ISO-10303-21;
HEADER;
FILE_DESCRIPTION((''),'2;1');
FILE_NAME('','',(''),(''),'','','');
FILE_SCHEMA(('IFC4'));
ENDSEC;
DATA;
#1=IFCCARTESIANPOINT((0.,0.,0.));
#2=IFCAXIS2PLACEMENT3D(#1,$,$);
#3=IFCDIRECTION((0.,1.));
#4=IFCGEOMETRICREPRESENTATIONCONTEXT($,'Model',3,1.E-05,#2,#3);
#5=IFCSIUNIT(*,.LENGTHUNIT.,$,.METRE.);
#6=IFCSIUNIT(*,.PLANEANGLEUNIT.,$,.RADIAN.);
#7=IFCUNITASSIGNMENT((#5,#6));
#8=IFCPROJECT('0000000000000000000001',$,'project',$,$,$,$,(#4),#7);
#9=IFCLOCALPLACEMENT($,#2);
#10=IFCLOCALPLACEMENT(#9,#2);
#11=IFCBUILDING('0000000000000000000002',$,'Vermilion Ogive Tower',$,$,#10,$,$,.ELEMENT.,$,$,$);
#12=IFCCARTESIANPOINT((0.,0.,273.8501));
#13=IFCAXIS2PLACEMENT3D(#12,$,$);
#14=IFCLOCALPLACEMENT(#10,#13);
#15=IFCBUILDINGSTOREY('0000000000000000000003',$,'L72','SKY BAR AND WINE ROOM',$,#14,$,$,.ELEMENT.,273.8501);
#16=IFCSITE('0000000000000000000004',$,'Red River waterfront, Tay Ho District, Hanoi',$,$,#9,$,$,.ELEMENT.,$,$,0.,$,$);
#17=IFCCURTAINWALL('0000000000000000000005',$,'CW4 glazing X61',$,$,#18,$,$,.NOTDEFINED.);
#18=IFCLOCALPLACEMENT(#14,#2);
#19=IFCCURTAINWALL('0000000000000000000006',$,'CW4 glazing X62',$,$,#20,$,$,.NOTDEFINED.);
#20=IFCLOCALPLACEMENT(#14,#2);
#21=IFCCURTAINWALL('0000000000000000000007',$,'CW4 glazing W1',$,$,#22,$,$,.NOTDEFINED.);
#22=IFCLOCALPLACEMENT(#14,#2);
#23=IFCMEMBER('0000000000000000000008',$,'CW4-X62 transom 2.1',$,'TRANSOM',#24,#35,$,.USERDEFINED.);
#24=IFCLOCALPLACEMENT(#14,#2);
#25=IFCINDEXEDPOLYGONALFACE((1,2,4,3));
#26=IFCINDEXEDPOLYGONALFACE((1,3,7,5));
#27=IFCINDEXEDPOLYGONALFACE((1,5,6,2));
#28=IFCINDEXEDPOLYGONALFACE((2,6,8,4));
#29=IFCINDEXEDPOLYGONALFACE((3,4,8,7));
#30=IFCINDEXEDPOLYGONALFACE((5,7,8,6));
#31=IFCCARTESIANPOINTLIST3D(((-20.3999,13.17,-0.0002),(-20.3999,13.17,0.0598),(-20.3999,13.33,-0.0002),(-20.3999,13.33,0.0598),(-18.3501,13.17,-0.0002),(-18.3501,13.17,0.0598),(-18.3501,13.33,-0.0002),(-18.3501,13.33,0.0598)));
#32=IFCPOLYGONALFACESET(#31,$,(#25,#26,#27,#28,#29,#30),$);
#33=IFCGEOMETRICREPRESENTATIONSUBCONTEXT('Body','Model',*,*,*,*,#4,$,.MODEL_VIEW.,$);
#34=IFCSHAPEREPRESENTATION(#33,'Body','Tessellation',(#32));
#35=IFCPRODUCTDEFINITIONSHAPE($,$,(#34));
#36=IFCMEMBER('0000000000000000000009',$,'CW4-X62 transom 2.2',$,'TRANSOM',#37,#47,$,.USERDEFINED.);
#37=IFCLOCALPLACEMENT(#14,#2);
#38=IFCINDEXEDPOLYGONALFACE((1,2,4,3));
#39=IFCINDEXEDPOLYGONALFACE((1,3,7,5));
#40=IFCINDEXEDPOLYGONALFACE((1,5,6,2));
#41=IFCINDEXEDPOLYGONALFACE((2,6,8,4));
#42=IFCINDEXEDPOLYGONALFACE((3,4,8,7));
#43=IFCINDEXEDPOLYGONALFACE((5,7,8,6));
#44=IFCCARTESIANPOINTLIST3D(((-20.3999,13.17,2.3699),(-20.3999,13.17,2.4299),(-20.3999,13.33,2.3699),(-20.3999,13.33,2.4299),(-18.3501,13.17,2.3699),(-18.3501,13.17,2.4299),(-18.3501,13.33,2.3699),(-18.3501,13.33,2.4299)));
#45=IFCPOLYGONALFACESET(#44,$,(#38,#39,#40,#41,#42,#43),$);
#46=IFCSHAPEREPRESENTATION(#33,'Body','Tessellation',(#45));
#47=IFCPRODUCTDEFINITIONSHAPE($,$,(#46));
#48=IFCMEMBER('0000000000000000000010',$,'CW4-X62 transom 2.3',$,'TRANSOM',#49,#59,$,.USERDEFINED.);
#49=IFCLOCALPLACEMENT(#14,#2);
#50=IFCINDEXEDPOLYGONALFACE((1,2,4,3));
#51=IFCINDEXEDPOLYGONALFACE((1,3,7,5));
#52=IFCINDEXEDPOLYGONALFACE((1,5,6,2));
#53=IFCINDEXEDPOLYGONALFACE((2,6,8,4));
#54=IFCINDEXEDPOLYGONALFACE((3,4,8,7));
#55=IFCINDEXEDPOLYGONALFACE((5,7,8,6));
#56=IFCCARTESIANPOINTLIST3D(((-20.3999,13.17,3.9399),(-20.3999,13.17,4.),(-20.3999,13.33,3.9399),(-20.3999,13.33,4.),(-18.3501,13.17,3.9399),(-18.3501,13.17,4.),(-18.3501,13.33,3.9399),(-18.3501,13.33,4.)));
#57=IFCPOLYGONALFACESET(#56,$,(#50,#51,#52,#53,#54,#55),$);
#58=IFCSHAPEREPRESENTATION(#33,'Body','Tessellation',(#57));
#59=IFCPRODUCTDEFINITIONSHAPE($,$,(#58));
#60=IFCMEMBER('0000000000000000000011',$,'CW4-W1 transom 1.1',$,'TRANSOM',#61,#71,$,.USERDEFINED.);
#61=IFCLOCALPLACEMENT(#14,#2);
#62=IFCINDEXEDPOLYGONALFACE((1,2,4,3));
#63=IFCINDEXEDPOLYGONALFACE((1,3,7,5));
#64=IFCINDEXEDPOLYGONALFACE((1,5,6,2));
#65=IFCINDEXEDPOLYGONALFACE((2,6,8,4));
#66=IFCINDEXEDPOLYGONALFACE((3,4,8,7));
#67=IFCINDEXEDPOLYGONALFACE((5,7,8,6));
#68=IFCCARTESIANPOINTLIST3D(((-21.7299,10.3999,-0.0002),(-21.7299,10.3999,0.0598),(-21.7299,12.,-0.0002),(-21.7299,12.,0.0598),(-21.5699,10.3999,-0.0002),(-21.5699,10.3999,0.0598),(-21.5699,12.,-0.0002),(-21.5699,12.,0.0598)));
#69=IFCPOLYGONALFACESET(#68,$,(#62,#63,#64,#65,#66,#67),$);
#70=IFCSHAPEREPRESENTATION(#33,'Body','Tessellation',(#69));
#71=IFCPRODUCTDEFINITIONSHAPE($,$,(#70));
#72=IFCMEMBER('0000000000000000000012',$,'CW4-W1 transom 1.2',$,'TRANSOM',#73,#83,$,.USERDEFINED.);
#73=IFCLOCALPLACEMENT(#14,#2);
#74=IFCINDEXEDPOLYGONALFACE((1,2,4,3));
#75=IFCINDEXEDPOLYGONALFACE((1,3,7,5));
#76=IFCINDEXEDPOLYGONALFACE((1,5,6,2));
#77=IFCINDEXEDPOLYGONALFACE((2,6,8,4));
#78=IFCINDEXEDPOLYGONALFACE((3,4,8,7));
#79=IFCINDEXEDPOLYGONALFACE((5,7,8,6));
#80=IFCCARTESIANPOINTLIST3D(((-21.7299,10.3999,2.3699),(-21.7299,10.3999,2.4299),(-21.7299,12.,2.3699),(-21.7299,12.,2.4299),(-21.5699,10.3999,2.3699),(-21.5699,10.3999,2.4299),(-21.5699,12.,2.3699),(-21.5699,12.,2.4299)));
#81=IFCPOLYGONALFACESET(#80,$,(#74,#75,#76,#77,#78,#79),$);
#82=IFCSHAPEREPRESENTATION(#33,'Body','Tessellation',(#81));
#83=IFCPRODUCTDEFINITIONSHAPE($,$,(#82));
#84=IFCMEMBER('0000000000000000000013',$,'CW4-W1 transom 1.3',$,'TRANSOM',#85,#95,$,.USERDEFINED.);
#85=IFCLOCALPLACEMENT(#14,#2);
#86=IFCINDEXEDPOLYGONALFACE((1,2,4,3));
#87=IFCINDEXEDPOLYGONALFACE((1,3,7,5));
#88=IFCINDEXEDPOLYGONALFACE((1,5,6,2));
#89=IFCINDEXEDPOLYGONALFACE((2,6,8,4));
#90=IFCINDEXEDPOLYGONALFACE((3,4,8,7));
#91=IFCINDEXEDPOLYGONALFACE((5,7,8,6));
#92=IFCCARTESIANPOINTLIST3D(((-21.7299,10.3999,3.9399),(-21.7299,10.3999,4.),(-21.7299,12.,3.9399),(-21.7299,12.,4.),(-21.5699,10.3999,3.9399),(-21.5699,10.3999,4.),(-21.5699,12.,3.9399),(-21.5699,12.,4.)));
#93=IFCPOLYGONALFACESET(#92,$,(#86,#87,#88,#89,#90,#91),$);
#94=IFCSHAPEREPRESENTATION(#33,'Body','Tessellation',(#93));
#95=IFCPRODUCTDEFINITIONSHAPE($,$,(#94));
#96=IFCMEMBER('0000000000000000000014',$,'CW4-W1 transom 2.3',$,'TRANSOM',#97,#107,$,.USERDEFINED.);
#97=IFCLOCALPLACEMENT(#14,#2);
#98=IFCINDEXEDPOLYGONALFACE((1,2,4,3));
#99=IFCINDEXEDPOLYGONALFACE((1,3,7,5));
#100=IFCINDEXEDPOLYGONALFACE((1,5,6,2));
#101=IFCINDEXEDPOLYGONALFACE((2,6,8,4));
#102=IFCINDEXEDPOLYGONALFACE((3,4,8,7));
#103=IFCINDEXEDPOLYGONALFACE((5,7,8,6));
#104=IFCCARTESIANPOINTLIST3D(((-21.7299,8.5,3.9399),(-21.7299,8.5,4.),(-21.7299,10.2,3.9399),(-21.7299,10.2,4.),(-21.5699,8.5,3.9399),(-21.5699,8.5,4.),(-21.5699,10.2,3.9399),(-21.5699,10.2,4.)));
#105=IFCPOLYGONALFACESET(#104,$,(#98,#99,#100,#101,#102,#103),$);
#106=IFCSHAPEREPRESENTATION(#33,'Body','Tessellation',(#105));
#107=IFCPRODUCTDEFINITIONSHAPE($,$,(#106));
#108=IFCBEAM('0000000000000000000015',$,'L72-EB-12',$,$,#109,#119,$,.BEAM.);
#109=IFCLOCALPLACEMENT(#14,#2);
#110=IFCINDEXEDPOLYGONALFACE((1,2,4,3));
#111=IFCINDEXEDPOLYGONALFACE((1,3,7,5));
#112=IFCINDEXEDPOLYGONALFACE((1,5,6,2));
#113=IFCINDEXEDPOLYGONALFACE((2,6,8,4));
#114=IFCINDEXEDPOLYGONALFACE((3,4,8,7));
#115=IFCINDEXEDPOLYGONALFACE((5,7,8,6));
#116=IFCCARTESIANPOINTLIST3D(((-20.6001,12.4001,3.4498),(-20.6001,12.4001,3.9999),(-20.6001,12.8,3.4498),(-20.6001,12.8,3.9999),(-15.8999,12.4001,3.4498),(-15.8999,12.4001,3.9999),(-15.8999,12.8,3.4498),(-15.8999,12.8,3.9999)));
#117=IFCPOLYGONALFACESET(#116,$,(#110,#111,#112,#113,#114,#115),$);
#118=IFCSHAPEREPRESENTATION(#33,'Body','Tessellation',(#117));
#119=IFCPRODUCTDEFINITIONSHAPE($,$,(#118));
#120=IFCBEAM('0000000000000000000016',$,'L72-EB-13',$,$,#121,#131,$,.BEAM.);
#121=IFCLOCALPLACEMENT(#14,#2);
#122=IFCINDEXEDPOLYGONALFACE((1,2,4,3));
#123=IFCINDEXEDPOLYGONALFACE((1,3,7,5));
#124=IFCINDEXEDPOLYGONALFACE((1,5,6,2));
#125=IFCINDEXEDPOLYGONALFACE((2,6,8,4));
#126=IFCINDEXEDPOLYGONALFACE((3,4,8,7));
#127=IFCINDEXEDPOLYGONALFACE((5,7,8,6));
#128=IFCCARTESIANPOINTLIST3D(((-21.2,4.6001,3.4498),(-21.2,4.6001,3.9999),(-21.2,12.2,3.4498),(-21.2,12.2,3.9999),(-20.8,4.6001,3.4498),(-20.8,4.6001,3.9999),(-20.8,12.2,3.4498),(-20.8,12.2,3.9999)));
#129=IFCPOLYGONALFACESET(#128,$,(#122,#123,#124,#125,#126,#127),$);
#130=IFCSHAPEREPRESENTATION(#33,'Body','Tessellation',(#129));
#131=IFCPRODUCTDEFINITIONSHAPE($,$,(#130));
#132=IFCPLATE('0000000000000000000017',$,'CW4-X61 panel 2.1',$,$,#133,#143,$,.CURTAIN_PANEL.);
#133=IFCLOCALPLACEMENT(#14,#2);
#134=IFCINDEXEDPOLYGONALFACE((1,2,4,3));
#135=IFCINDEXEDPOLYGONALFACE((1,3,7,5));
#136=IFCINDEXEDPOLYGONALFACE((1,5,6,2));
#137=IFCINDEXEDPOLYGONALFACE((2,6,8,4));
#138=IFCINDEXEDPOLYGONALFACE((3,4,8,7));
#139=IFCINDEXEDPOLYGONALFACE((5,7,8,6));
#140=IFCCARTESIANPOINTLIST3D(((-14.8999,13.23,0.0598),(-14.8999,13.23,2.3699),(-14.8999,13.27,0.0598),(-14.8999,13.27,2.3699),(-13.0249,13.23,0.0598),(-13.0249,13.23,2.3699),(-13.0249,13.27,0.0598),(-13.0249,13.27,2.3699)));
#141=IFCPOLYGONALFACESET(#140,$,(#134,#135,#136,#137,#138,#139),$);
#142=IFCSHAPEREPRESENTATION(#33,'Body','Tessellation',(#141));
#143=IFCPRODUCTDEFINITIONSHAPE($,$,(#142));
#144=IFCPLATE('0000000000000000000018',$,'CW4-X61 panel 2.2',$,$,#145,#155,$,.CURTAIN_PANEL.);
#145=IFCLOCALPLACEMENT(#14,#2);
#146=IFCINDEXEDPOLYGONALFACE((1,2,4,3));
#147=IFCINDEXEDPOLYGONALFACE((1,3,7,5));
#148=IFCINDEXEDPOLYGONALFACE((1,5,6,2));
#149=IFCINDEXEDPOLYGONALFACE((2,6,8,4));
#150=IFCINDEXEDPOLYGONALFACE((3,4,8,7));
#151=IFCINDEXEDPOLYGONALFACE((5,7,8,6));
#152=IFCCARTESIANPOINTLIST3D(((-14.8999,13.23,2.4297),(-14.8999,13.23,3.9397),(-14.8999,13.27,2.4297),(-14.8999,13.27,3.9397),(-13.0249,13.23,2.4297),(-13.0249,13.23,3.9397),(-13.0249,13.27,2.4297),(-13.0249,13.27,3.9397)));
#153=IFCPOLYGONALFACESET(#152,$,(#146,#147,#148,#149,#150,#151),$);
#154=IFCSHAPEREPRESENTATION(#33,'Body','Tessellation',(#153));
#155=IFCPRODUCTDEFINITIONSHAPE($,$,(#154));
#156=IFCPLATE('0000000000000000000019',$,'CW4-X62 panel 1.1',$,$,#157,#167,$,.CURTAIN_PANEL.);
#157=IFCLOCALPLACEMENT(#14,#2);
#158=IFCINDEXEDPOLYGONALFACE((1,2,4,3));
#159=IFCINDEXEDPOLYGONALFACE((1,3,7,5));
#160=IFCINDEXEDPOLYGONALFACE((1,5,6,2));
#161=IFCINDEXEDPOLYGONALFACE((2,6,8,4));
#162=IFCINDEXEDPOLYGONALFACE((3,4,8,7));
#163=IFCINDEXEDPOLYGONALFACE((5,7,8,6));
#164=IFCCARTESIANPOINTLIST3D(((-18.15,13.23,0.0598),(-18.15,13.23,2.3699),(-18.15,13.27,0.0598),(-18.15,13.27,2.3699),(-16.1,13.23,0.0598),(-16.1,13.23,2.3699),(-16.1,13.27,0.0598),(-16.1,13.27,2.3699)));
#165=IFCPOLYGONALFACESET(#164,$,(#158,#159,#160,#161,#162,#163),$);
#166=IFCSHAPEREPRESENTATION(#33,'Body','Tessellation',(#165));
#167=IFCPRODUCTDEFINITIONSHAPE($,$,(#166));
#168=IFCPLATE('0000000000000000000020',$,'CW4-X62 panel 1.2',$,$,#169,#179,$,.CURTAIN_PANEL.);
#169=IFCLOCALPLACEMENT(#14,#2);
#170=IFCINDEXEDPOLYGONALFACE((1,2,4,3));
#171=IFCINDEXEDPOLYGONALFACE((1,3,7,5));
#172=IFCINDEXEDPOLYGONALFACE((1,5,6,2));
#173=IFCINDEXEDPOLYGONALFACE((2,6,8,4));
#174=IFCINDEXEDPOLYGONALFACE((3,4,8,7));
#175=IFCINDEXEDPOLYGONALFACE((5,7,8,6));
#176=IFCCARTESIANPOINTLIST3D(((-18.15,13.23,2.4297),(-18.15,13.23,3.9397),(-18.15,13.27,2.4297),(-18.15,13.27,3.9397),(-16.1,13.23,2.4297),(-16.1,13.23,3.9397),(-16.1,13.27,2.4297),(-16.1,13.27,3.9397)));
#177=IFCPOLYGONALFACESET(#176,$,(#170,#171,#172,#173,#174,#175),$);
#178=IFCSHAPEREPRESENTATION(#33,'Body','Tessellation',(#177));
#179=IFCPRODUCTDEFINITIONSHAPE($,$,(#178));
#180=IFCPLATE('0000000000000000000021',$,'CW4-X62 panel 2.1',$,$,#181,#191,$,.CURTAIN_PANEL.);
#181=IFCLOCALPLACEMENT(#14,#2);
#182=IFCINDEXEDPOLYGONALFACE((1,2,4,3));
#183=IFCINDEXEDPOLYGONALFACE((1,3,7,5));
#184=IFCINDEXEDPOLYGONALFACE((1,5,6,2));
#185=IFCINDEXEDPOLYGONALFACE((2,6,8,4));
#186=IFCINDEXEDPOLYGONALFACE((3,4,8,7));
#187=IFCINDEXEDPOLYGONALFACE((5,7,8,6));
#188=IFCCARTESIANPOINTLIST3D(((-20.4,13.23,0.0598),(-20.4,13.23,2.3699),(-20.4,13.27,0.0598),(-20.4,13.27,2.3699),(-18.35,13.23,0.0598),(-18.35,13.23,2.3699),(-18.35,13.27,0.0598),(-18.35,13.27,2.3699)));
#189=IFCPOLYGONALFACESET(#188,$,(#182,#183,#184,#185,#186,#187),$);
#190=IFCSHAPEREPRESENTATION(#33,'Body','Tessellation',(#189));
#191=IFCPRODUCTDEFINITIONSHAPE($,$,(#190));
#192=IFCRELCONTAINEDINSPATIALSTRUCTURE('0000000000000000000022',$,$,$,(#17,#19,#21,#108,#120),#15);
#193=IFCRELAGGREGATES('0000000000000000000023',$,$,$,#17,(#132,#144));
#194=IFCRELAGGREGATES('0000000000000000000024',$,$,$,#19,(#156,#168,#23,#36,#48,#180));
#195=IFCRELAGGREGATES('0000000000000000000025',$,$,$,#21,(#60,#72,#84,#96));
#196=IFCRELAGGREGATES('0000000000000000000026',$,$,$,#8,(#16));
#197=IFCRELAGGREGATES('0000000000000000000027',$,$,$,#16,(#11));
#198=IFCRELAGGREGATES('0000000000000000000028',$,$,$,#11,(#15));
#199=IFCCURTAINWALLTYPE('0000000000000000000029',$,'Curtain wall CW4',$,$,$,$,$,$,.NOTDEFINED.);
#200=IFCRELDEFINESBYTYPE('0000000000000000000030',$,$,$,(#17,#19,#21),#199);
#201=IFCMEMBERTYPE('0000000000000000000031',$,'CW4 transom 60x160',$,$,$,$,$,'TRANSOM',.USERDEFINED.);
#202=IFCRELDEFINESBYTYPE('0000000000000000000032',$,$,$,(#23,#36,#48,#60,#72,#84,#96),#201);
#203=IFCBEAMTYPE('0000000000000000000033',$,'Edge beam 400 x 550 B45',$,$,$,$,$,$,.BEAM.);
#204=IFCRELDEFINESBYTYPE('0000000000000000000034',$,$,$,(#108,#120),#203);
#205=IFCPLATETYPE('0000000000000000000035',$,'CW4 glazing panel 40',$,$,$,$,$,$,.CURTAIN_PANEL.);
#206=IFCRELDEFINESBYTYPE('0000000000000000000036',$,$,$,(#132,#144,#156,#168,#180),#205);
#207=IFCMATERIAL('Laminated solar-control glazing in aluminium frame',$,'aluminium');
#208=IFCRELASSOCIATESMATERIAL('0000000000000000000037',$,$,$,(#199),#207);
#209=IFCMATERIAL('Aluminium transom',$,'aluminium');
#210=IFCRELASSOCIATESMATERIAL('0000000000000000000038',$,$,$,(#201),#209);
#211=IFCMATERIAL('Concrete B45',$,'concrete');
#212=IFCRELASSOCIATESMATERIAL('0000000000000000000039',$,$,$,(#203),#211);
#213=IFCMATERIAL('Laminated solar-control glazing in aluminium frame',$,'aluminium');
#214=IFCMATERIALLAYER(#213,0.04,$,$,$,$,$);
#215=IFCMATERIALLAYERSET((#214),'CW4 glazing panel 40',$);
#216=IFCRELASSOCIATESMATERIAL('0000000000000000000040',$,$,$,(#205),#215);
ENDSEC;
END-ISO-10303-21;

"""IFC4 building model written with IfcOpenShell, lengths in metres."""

from ifc_helpers import new_model, si_unit, direction, frame, origin, origin_2d, place, context, subcontext, project, spatial, rectangle, extrude, material, layer, layer_set, material_profile, profile_set, type_object, element, aggregate, save


model = new_model("IFC4")

# Units and contexts
model_context = context("Model", 3, precision=1e-05, world=origin(), true_north=direction((0.0, 1.0)))
body_context = subcontext(model_context, "Body", "Model", "MODEL_VIEW")
ifc_project = project(units=[si_unit("LENGTHUNIT", "METRE"), si_unit("PLANEANGLEUNIT", "RADIAN")], contexts=[model_context])

# Site, building, storey
site_placement = place(None, origin())
site = spatial("IfcSite", under=ifc_project, at=site_placement, Name="Red River waterfront, Tay Ho District, Hanoi", CompositionType="ELEMENT", RefElevation=0.0)
building_placement = place(site_placement, origin())
building = spatial("IfcBuilding", under=site, at=building_placement, Name="Vermilion Ogive Tower", CompositionType="ELEMENT")
storey_placement = place(building_placement, frame((0.0, 0.0, 273.8501)))
storey = spatial("IfcBuildingStorey", under=building, at=storey_placement, Name="L72", Description="SKY BAR AND WINE ROOM", CompositionType="ELEMENT", Elevation=273.8501)

# Curtain walls
ifc_material_1 = material(Name="Laminated solar-control glazing in aluminium frame", Category="aluminium")
curtain_wall_type = type_object("IfcCurtainWallType", Name="Curtain wall CW4", PredefinedType="NOTDEFINED", material=ifc_material_1)
curtain_wall_1_placement = place(storey_placement, origin())
curtain_wall_1 = element("IfcCurtainWall", 1, at=curtain_wall_1_placement, inside=storey, type_object=curtain_wall_type, Name="CW4 glazing X61", PredefinedType="NOTDEFINED")
curtain_wall_2_placement = place(storey_placement, origin())
curtain_wall_2 = element("IfcCurtainWall", 2, at=curtain_wall_2_placement, inside=storey, type_object=curtain_wall_type, Name="CW4 glazing X62", PredefinedType="NOTDEFINED")
curtain_wall_3_placement = place(storey_placement, origin())
curtain_wall_3 = element("IfcCurtainWall", 3, at=curtain_wall_3_placement, inside=storey, type_object=curtain_wall_type, Name="CW4 glazing W1", PredefinedType="NOTDEFINED")

# Members
ifc_material_2 = material(Name="Aluminium transom", Category="aluminium")
ifc_material_profile_1 = material_profile(ifc_material_2, rectangle(XDim=0.1599, YDim=0.0601, at=origin_2d()), Name="AL 60x160")
ifc_profile_set_1 = profile_set([ifc_material_profile_1], Name="Aluminium transom")
member_type_1 = type_object("IfcMemberType", Name="CW4 transom 60x160", ElementType="TRANSOM", PredefinedType="USERDEFINED", material=ifc_profile_set_1)
member_1_placement = place(storey_placement, frame((-18.3501, 13.25, 0.0298), z_axis=(-1.0, 0.0, 0.0), x_axis=(0.0, -1.0, 0.0)))
member_1 = element("IfcMember", 4, at=member_1_placement, type_object=member_type_1, Name="CW4-X62 transom 2.1", ObjectType="TRANSOM", PredefinedType="USERDEFINED", context=body_context, shape_type="SweptSolid", body=[
    extrude(rectangle(XDim=0.1599, YDim=0.0601, at=origin_2d()), origin(), (0.0, 0.0, 1.0), 2.0498),
])
member_2_placement = place(storey_placement, frame((-18.3501, 13.25, 2.3999), z_axis=(-1.0, 0.0, 0.0), x_axis=(0.0, -1.0, 0.0)))
member_2 = element("IfcMember", 5, at=member_2_placement, type_object=member_type_1, Name="CW4-X62 transom 2.2", ObjectType="TRANSOM", PredefinedType="USERDEFINED", context=body_context, shape_type="SweptSolid", body=[
    extrude(rectangle(XDim=0.1599, YDim=0.0601, at=origin_2d()), origin(), (0.0, 0.0, 1.0), 2.0498),
])
member_3_placement = place(storey_placement, frame((-18.3501, 13.25, 3.97), z_axis=(-1.0, 0.0, 0.0), x_axis=(0.0, -1.0, 0.0)))
member_3 = element("IfcMember", 6, at=member_3_placement, type_object=member_type_1, Name="CW4-X62 transom 2.3", ObjectType="TRANSOM", PredefinedType="USERDEFINED", context=body_context, shape_type="SweptSolid", body=[
    extrude(rectangle(XDim=0.1599, YDim=0.0601, at=origin_2d()), origin(), (0.0, 0.0, 1.0), 2.0498),
])
member_4_placement = place(storey_placement, frame((-21.6499, 12.0, 0.0298), z_axis=(0.0, -1.0, 0.0), x_axis=(1.0, 0.0, 0.0)))
member_4 = element("IfcMember", 7, at=member_4_placement, type_object=member_type_1, Name="CW4-W1 transom 1.1", ObjectType="TRANSOM", PredefinedType="USERDEFINED", context=body_context, shape_type="SweptSolid", body=[
    extrude(rectangle(XDim=0.1599, YDim=0.0601, at=origin_2d()), origin(), (0.0, 0.0, 1.0), 1.6001),
])
member_5_placement = place(storey_placement, frame((-21.6499, 12.0, 2.3999), z_axis=(0.0, -1.0, 0.0), x_axis=(1.0, 0.0, 0.0)))
member_5 = element("IfcMember", 8, at=member_5_placement, type_object=member_type_1, Name="CW4-W1 transom 1.2", ObjectType="TRANSOM", PredefinedType="USERDEFINED", context=body_context, shape_type="SweptSolid", body=[
    extrude(rectangle(XDim=0.1599, YDim=0.0601, at=origin_2d()), origin(), (0.0, 0.0, 1.0), 1.6001),
])
member_6_placement = place(storey_placement, frame((-21.6499, 12.0, 3.97), z_axis=(0.0, -1.0, 0.0), x_axis=(1.0, 0.0, 0.0)))
member_6 = element("IfcMember", 9, at=member_6_placement, type_object=member_type_1, Name="CW4-W1 transom 1.3", ObjectType="TRANSOM", PredefinedType="USERDEFINED", context=body_context, shape_type="SweptSolid", body=[
    extrude(rectangle(XDim=0.1599, YDim=0.0601, at=origin_2d()), origin(), (0.0, 0.0, 1.0), 1.6001),
])
member_7_placement = place(storey_placement, frame((-21.6499, 10.2, 3.97), z_axis=(0.0, -1.0, 0.0), x_axis=(1.0, 0.0, 0.0)))
member_7 = element("IfcMember", 10, at=member_7_placement, type_object=member_type_1, Name="CW4-W1 transom 2.3", ObjectType="TRANSOM", PredefinedType="USERDEFINED", context=body_context, shape_type="SweptSolid", body=[
    extrude(rectangle(XDim=0.1599, YDim=0.0601, at=origin_2d()), origin(), (0.0, 0.0, 1.0), 1.7),
])

# Beams
ifc_material_3 = material(Name="Concrete B45", Category="concrete")
ifc_material_profile_2 = material_profile(ifc_material_3, rectangle(XDim=0.3999, YDim=0.55, at=origin_2d()), Name="400 x 550")
ifc_profile_set_2 = profile_set([ifc_material_profile_2], Name="Concrete B45")
beam_type = type_object("IfcBeamType", Name="Edge beam 400 x 550 B45", PredefinedType="BEAM", material=ifc_profile_set_2)
beam_1_placement = place(storey_placement, frame((-15.8999, 12.6001, 3.7249), z_axis=(-1.0, 0.0, 0.0), x_axis=(0.0, -1.0, 0.0)))
element("IfcBeam", 11, at=beam_1_placement, inside=storey, type_object=beam_type, Name="L72-EB-12", PredefinedType="BEAM", context=body_context, shape_type="SweptSolid", body=[
    extrude(rectangle(XDim=0.3999, YDim=0.55, at=origin_2d()), origin(), (0.0, 0.0, 1.0), 4.7002),
])
beam_2_placement = place(storey_placement, frame((-21.0, 12.2, 3.7249), z_axis=(0.0, -1.0, 0.0), x_axis=(1.0, 0.0, 0.0)))
element("IfcBeam", 12, at=beam_2_placement, inside=storey, type_object=beam_type, Name="L72-EB-13", PredefinedType="BEAM", context=body_context, shape_type="SweptSolid", body=[
    extrude(rectangle(XDim=0.3999, YDim=0.55, at=origin_2d()), origin(), (0.0, 0.0, 1.0), 7.5999),
])

# Plates
ifc_material_4 = material(Name="Laminated solar-control glazing in aluminium frame", Category="aluminium")
ifc_layer_1 = layer(ifc_material_4, 0.04)
ifc_layer_set_1 = layer_set([ifc_layer_1], Name="CW4 glazing panel 40")
plate_type = type_object("IfcPlateType", Name="CW4 glazing panel 40", PredefinedType="CURTAIN_PANEL", material=ifc_layer_set_1)
plate_1_placement = place(storey_placement, frame((-13.9624, 13.25, 0.0598), z_axis=(0.0, 0.0, 1.0), x_axis=(-1.0, 0.0, 0.0)))
plate_1 = element("IfcPlate", 13, at=plate_1_placement, type_object=plate_type, Name="CW4-X61 panel 2.1", PredefinedType="CURTAIN_PANEL", context=body_context, shape_type="SweptSolid", body=[
    extrude(rectangle(XDim=1.875, YDim=0.04, at=origin_2d()), origin(), (0.0, 0.0, 1.0), 2.3101),
])
plate_2_placement = place(storey_placement, frame((-13.9624, 13.25, 2.4297), z_axis=(0.0, 0.0, 1.0), x_axis=(-1.0, 0.0, 0.0)))
plate_2 = element("IfcPlate", 14, at=plate_2_placement, type_object=plate_type, Name="CW4-X61 panel 2.2", PredefinedType="CURTAIN_PANEL", context=body_context, shape_type="SweptSolid", body=[
    extrude(rectangle(XDim=1.875, YDim=0.04, at=origin_2d()), origin(), (0.0, 0.0, 1.0), 1.51),
])
aggregate(curtain_wall_1, [plate_1, plate_2])
plate_3_placement = place(storey_placement, frame((-17.125, 13.25, 0.0598), z_axis=(0.0, 0.0, 1.0), x_axis=(-1.0, 0.0, 0.0)))
plate_3 = element("IfcPlate", 15, at=plate_3_placement, type_object=plate_type, Name="CW4-X62 panel 1.1", PredefinedType="CURTAIN_PANEL", context=body_context, shape_type="SweptSolid", body=[
    extrude(rectangle(XDim=2.05, YDim=0.04, at=origin_2d()), origin(), (0.0, 0.0, 1.0), 2.3101),
])
plate_4_placement = place(storey_placement, frame((-17.125, 13.25, 2.4297), z_axis=(0.0, 0.0, 1.0), x_axis=(-1.0, 0.0, 0.0)))
plate_4 = element("IfcPlate", 16, at=plate_4_placement, type_object=plate_type, Name="CW4-X62 panel 1.2", PredefinedType="CURTAIN_PANEL", context=body_context, shape_type="SweptSolid", body=[
    extrude(rectangle(XDim=2.05, YDim=0.04, at=origin_2d()), origin(), (0.0, 0.0, 1.0), 1.51),
])
plate_5_placement = place(storey_placement, frame((-19.375, 13.25, 0.0598), z_axis=(0.0, 0.0, 1.0), x_axis=(-1.0, 0.0, 0.0)))
plate_5 = element("IfcPlate", 17, at=plate_5_placement, type_object=plate_type, Name="CW4-X62 panel 2.1", PredefinedType="CURTAIN_PANEL", context=body_context, shape_type="SweptSolid", body=[
    extrude(rectangle(XDim=2.05, YDim=0.04, at=origin_2d()), origin(), (0.0, 0.0, 1.0), 2.3101),
])
aggregate(curtain_wall_2, [plate_3, plate_4, member_1, member_2, member_3, plate_5])
aggregate(curtain_wall_3, [member_4, member_5, member_6, member_7])

save(model, "model.ifc")
